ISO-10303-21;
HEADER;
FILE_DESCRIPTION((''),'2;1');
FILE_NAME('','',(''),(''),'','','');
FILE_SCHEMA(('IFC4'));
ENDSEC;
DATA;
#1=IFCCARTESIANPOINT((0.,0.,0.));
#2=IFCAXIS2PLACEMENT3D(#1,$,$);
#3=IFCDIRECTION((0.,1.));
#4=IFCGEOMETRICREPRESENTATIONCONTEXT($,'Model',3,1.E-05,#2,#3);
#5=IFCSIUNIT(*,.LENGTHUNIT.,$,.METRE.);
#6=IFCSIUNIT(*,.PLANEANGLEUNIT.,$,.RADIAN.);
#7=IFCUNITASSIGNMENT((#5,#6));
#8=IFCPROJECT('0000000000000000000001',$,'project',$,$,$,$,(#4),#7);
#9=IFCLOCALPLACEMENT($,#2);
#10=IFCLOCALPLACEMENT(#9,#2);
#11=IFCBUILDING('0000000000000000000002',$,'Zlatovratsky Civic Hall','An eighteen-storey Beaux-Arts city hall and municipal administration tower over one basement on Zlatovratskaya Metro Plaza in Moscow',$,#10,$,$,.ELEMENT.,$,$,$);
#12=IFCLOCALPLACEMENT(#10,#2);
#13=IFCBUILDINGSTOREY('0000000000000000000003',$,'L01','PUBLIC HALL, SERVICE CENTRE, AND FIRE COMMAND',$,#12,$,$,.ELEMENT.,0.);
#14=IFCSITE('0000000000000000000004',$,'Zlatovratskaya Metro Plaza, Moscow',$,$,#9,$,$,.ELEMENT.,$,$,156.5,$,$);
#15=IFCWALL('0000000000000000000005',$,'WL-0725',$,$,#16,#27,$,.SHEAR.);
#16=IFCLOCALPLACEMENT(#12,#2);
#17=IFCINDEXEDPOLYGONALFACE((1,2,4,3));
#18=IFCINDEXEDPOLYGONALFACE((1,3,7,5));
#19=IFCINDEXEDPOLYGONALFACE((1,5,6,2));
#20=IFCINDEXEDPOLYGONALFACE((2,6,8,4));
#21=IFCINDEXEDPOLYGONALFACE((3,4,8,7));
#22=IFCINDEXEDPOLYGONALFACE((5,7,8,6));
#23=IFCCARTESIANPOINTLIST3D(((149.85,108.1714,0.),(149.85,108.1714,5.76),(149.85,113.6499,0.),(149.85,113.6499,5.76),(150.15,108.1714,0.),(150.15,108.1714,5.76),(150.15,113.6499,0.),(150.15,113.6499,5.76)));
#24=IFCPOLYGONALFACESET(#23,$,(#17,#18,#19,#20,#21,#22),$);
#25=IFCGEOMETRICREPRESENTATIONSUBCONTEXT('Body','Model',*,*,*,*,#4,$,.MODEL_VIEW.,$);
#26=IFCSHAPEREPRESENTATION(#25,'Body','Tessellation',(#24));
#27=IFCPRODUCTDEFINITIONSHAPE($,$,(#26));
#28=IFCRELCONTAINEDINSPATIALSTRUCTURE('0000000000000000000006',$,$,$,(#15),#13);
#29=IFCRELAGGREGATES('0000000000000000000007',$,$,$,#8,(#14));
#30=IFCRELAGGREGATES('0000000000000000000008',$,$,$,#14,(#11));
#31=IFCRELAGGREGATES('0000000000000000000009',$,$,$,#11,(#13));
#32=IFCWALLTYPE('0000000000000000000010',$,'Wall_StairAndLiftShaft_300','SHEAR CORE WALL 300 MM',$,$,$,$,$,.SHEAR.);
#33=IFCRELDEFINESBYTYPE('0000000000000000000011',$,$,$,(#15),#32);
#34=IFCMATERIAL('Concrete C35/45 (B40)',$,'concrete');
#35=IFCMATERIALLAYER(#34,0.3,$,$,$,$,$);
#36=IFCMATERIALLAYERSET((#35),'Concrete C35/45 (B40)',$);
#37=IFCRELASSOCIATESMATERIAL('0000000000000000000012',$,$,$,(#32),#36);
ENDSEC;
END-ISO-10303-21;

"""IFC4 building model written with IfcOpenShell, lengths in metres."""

from ifc_helpers import new_model, si_unit, direction, frame, frame_2d, origin, place, context, subcontext, project, spatial, rectangle, extrude, material, layer, layer_set, type_object, element, save


model = new_model("IFC4")

# Units and contexts
model_context = context("Model", 3, precision=1e-05, world=origin(), true_north=direction((0.0, 1.0)))
body_context = subcontext(model_context, "Body", "Model", "MODEL_VIEW")
ifc_project = project(units=[si_unit("LENGTHUNIT", "METRE"), si_unit("PLANEANGLEUNIT", "RADIAN")], contexts=[model_context])

# Site, building, storey
site_placement = place(None, origin())
site = spatial("IfcSite", under=ifc_project, at=site_placement, Name="Zlatovratskaya Metro Plaza, Moscow", CompositionType="ELEMENT", RefElevation=156.5)
building_placement = place(site_placement, origin())
building = spatial("IfcBuilding", under=site, at=building_placement, Name="Zlatovratsky Civic Hall", Description="An eighteen-storey Beaux-Arts city hall and municipal administration tower over one basement on Zlatovratskaya Metro Plaza in Moscow", CompositionType="ELEMENT")
storey_placement = place(building_placement, origin())
storey = spatial("IfcBuildingStorey", under=building, at=storey_placement, Name="L01", Description="PUBLIC HALL, SERVICE CENTRE, AND FIRE COMMAND", CompositionType="ELEMENT", Elevation=0.0)

# Shared definitions
ifc_material_1 = material(Name="Concrete C35/45 (B40)", Category="concrete")

# Wall
ifc_layer_1 = layer(ifc_material_1, 0.3)
ifc_layer_set_1 = layer_set([ifc_layer_1], Name="Concrete C35/45 (B40)")
wall_type_1 = type_object("IfcWallType", Name="Wall_StairAndLiftShaft_300", Description="SHEAR CORE WALL 300 MM", PredefinedType="SHEAR", material=ifc_layer_set_1)
wall_1_placement = place(storey_placement, frame((150.0, 108.1714, 0.0), z_axis=(0.0, 0.0, 1.0), x_axis=(0.0, 1.0, 0.0)))
element("IfcWall", 1, at=wall_1_placement, inside=storey, type_object=wall_type_1, Name="WL-0725", PredefinedType="SHEAR", context=body_context, shape_type="SweptSolid", body=[
    extrude(rectangle(XDim=5.4785, YDim=0.3, at=frame_2d((2.7393, 0.0))), origin(), (0.0, 0.0, 1.0), 5.76),
])

save(model, "model.ifc")
